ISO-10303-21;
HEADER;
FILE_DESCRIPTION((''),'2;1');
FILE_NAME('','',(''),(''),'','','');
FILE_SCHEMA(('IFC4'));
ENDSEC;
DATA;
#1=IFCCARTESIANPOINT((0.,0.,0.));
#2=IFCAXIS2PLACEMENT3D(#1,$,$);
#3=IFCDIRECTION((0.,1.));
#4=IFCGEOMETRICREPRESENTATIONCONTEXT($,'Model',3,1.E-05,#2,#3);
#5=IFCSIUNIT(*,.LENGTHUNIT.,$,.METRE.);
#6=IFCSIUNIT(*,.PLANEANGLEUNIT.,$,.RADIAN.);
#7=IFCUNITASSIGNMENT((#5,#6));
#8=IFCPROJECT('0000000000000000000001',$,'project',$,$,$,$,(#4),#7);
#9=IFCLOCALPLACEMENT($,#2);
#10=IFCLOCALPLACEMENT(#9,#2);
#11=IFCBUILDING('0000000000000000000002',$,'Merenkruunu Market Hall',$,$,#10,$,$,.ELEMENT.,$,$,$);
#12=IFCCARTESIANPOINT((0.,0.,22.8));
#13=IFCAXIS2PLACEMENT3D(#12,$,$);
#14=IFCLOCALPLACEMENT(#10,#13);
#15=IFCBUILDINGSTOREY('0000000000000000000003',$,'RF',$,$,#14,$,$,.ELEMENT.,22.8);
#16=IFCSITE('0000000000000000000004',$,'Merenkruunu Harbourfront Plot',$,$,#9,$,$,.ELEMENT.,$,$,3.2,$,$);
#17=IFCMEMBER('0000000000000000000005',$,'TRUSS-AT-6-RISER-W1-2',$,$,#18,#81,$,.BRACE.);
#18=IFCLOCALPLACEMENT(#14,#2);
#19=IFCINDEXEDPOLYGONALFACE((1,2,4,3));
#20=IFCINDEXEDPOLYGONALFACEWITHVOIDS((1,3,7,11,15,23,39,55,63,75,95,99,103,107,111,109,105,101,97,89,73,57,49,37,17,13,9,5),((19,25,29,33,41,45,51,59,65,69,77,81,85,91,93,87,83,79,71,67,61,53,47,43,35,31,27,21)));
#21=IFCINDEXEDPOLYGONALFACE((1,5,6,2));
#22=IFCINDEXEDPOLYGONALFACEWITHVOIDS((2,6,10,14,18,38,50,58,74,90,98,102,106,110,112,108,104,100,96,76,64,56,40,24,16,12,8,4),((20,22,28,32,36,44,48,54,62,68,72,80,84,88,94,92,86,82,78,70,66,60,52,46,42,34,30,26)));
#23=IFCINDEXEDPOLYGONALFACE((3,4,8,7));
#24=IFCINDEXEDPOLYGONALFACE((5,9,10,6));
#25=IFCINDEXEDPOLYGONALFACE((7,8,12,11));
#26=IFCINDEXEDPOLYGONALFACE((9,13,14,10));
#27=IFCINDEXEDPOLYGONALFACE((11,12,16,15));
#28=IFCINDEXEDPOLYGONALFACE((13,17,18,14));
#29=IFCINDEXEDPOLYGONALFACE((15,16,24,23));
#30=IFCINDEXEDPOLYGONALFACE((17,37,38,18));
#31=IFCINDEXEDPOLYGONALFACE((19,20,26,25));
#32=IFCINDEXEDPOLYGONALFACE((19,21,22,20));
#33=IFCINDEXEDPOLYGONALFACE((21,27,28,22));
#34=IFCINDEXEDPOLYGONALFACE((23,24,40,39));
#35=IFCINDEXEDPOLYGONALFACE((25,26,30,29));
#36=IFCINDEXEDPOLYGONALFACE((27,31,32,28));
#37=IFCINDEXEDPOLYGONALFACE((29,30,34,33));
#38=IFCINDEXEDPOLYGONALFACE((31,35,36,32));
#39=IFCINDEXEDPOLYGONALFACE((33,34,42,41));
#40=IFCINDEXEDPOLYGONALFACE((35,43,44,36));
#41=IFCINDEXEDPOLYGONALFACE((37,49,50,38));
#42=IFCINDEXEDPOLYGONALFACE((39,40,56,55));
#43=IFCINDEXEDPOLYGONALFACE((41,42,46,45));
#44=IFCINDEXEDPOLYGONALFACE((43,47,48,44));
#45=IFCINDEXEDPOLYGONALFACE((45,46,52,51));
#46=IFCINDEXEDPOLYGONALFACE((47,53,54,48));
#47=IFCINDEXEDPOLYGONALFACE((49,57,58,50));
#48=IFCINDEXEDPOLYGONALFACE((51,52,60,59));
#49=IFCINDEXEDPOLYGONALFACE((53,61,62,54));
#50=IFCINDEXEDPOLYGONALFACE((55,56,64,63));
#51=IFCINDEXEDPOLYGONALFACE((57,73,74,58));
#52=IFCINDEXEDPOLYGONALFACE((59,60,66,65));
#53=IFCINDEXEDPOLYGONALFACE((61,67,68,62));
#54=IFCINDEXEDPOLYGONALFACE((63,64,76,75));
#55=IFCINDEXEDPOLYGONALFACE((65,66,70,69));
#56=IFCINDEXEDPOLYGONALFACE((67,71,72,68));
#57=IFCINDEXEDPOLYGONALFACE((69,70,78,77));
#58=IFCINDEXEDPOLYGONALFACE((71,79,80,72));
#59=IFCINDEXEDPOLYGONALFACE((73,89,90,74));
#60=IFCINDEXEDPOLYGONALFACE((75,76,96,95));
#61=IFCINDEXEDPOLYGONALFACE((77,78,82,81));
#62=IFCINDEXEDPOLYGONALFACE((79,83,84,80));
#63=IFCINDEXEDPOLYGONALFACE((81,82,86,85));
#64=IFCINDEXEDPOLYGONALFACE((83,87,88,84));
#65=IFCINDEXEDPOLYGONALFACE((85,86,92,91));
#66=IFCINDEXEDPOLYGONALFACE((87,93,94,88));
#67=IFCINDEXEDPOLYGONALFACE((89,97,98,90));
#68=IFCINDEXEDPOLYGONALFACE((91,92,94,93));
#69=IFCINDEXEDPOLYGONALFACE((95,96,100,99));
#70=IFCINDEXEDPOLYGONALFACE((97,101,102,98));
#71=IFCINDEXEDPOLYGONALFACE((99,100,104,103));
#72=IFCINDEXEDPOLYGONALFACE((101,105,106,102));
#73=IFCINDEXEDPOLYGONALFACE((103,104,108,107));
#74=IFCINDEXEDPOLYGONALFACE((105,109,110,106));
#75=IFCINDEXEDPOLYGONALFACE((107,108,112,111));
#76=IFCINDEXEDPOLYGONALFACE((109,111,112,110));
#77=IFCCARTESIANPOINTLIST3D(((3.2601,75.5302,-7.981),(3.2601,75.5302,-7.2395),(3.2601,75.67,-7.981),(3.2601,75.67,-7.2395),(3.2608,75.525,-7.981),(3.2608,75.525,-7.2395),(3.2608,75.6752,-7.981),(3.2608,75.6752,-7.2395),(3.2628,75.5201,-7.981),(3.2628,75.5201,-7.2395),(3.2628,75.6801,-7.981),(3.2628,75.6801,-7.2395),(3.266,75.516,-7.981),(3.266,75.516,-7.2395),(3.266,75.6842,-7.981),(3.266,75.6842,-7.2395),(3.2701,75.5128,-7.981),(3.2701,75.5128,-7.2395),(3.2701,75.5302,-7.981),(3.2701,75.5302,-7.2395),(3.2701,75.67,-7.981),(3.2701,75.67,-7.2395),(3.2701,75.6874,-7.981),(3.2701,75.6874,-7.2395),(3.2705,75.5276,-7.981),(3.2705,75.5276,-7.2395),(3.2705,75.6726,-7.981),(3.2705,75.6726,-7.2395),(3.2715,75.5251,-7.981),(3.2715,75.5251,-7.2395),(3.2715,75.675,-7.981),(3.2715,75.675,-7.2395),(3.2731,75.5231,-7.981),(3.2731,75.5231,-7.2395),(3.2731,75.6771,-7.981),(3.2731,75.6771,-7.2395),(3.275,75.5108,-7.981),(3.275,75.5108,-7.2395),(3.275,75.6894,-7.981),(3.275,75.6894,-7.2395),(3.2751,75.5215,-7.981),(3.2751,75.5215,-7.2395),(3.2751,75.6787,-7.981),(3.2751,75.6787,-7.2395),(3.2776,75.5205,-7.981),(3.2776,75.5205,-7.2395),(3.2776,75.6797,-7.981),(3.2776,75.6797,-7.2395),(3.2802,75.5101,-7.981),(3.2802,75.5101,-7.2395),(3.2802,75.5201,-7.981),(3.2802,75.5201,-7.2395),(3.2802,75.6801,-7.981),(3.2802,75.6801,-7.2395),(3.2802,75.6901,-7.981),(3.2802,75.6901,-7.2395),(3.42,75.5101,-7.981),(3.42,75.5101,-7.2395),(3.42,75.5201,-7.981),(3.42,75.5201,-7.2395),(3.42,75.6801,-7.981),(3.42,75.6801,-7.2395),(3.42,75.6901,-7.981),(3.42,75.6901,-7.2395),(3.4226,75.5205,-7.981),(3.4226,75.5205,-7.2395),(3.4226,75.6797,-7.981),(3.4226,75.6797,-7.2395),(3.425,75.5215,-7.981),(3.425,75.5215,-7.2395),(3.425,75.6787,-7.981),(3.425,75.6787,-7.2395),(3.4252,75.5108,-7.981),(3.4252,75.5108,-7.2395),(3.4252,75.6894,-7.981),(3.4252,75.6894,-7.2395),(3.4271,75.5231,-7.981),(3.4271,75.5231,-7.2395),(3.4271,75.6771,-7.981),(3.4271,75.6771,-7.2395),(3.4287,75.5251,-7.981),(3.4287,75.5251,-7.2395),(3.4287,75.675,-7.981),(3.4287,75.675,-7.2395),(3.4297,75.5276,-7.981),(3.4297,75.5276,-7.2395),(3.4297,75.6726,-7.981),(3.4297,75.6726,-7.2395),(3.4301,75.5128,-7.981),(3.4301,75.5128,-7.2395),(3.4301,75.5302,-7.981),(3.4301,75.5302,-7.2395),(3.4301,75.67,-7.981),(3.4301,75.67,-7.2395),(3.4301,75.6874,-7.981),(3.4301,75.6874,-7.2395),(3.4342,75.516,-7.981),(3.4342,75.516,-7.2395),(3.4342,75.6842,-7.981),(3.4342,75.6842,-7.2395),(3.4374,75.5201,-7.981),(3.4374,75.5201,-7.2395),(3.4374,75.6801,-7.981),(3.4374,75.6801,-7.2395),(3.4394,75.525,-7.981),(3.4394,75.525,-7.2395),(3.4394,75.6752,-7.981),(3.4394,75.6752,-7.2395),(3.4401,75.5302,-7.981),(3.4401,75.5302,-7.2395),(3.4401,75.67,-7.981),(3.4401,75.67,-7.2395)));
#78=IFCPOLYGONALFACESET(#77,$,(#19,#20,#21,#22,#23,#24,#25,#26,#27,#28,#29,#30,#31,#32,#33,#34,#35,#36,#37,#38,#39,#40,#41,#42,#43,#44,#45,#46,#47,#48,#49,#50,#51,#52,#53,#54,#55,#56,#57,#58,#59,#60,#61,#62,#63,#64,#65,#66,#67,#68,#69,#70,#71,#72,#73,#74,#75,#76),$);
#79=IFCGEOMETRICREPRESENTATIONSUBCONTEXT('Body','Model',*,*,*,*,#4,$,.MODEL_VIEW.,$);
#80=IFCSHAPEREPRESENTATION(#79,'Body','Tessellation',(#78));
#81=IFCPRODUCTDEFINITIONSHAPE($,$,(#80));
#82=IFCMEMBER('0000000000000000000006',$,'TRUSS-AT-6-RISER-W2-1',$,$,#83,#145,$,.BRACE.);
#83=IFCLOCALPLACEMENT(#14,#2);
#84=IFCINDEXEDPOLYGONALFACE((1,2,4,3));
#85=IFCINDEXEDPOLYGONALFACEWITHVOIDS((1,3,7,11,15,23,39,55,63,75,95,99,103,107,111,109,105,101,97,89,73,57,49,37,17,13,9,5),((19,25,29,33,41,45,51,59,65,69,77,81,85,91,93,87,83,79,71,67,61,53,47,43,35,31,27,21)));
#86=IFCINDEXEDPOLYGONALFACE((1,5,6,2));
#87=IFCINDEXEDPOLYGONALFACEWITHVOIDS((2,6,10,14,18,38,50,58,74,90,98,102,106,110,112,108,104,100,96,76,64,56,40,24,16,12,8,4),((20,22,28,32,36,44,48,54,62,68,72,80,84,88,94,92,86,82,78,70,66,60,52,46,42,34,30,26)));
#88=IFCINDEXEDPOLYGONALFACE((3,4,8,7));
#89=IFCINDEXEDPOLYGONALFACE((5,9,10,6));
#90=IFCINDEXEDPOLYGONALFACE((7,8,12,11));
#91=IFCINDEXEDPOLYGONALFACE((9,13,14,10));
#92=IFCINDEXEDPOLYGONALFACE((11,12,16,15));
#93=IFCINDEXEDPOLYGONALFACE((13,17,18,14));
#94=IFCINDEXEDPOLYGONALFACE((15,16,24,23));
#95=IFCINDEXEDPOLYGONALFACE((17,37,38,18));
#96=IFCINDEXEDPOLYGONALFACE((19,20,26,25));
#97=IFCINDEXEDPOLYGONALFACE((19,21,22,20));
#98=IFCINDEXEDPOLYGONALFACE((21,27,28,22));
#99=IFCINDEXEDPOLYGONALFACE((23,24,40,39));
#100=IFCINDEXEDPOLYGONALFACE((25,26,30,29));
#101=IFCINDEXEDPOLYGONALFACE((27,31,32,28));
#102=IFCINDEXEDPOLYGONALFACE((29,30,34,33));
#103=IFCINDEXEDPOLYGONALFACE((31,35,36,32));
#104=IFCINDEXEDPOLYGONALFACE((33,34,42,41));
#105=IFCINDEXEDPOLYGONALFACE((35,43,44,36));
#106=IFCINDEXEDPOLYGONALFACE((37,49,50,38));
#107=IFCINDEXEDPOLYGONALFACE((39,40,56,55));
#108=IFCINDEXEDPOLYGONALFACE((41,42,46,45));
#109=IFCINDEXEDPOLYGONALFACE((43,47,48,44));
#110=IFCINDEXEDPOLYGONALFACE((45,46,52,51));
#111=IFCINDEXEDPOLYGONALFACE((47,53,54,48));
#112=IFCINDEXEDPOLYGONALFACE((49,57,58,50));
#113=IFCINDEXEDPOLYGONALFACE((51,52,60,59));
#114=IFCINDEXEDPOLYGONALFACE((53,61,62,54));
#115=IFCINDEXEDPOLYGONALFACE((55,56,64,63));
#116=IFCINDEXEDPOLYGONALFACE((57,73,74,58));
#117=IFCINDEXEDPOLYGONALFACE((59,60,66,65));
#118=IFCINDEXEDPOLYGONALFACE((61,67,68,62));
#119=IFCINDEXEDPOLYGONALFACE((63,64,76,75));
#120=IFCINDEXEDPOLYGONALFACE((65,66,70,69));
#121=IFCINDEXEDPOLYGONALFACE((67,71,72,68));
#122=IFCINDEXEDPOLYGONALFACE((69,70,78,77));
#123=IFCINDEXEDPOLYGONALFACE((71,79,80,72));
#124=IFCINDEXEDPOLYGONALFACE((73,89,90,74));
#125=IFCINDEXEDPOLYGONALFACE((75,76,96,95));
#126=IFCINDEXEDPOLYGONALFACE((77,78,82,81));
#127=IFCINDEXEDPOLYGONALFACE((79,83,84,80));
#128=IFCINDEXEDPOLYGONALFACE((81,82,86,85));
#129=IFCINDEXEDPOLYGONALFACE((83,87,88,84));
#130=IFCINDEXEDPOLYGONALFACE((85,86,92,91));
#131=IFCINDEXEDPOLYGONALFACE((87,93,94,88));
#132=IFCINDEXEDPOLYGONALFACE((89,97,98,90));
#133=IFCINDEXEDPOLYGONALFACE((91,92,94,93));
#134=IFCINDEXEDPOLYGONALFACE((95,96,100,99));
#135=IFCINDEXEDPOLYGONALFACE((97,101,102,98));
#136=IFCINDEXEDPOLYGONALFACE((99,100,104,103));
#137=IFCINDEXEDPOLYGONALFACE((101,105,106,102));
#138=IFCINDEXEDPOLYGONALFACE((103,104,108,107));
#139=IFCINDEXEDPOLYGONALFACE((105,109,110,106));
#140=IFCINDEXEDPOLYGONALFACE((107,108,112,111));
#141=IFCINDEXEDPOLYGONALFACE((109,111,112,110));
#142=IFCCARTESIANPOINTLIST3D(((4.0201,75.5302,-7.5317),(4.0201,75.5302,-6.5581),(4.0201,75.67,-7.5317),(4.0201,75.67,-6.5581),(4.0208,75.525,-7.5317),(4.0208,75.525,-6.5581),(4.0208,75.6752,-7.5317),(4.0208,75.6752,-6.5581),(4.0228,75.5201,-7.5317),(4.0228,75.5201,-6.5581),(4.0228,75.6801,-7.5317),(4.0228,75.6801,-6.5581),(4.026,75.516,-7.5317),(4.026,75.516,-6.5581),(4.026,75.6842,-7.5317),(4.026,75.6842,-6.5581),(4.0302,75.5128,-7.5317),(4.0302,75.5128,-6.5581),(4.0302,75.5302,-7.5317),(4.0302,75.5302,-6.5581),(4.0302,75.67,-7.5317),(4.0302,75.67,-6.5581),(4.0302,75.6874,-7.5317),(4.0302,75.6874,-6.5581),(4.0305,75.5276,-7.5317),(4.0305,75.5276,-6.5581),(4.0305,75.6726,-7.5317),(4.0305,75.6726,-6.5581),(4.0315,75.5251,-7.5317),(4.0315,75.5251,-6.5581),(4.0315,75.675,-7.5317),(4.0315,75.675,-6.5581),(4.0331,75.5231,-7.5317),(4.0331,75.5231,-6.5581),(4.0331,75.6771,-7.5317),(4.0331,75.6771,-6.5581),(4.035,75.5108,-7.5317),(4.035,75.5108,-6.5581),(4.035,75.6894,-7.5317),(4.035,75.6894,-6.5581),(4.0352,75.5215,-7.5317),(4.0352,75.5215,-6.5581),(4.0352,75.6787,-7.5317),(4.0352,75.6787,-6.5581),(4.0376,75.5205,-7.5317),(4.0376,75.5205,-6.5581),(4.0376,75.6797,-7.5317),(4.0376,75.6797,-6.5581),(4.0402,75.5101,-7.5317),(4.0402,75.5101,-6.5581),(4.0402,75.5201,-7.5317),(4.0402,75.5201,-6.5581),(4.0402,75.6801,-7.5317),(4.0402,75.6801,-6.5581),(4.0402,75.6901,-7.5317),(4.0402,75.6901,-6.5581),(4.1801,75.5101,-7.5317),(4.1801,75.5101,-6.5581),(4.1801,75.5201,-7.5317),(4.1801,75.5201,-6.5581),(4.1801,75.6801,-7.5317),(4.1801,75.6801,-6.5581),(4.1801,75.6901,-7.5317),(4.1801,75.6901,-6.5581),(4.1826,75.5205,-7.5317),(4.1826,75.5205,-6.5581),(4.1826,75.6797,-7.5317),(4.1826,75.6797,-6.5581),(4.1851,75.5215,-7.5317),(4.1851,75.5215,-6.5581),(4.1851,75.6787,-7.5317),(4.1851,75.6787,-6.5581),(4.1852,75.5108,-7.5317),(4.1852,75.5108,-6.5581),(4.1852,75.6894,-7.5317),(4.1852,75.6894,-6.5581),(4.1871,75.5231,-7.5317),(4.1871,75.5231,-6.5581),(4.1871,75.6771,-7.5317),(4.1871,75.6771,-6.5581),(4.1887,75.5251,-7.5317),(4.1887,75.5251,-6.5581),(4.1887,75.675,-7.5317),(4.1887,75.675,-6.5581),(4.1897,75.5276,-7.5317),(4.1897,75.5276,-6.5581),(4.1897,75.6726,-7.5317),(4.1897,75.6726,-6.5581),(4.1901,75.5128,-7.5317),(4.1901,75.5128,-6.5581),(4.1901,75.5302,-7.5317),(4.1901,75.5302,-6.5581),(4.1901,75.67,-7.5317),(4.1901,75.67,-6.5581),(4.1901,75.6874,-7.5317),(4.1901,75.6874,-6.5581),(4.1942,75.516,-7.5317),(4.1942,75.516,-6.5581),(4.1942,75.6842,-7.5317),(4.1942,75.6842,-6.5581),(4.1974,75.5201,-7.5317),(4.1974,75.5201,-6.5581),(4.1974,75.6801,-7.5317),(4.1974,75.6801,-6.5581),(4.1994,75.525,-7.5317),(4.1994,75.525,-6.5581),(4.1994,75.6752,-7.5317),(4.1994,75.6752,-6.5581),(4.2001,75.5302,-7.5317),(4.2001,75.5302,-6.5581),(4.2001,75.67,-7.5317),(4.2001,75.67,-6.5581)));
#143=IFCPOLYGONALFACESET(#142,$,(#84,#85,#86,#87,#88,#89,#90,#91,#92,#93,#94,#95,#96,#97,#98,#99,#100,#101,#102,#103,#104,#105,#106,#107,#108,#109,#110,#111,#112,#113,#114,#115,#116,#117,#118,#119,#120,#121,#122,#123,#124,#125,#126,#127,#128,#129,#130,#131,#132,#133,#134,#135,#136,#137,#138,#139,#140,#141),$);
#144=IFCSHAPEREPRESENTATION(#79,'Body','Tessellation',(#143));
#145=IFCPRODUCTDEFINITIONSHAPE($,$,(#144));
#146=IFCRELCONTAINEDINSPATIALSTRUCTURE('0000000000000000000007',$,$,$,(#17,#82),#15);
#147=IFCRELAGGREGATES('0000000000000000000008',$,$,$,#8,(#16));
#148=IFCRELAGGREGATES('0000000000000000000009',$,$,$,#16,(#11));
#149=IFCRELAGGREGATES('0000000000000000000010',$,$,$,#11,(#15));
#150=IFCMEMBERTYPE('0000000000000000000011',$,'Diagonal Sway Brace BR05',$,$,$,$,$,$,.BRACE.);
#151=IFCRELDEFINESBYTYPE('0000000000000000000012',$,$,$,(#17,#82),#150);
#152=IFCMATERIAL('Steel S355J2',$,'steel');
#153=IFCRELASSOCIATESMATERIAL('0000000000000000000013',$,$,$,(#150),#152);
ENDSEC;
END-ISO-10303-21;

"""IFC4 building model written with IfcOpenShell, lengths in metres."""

from ifc_helpers import new_model, si_unit, direction, frame, origin, origin_2d, place, context, subcontext, project, spatial, hollow_rectangle, extrude, material, material_profile, profile_set, type_object, element, save


model = new_model("IFC4")

# Units and contexts
model_context = context("Model", 3, precision=1e-05, world=origin(), true_north=direction((0.0, 1.0)))
body_context = subcontext(model_context, "Body", "Model", "MODEL_VIEW")
ifc_project = project(units=[si_unit("LENGTHUNIT", "METRE"), si_unit("PLANEANGLEUNIT", "RADIAN")], contexts=[model_context])

# Site, building, storey
site_placement = place(None, origin())
site = spatial("IfcSite", under=ifc_project, at=site_placement, Name="Merenkruunu Harbourfront Plot", CompositionType="ELEMENT", RefElevation=3.2)
building_placement = place(site_placement, origin())
building = spatial("IfcBuilding", under=site, at=building_placement, Name="Merenkruunu Market Hall", CompositionType="ELEMENT")
storey_placement = place(building_placement, frame((0.0, 0.0, 22.8)))
storey = spatial("IfcBuildingStorey", under=building, at=storey_placement, Name="RF", CompositionType="ELEMENT", Elevation=22.8)

# Members
ifc_material_1 = material(Name="Steel S355J2", Category="steel")
ifc_material_profile_1 = material_profile(ifc_material_1, hollow_rectangle(XDim=0.1799, YDim=0.1799, WallThickness=0.01, InnerFilletRadius=0.01, OuterFilletRadius=0.02, at=origin_2d()), Name="SHS 180x180x10")
ifc_profile_set_1 = profile_set([ifc_material_profile_1], Name="Steel S355J2")
member_type_1 = type_object("IfcMemberType", Name="Diagonal Sway Brace BR05", PredefinedType="BRACE", material=ifc_profile_set_1)
member_1_placement = place(storey_placement, frame((3.3501, 75.6001, -7.981), z_axis=(0.0, 0.0, 1.0), x_axis=(1.0, 0.0, 0.0)))
element("IfcMember", 1, at=member_1_placement, inside=storey, type_object=member_type_1, Name="TRUSS-AT-6-RISER-W1-2", PredefinedType="BRACE", context=body_context, shape_type="SweptSolid", body=[
    extrude(hollow_rectangle(XDim=0.1799, YDim=0.1799, WallThickness=0.01, InnerFilletRadius=0.01, OuterFilletRadius=0.02, at=origin_2d()), origin(), (0.0, 0.0, 1.0), 0.7415),
])
member_2_placement = place(storey_placement, frame((4.1101, 75.6001, -7.5317), z_axis=(0.0, 0.0, 1.0), x_axis=(1.0, 0.0, 0.0)))
element("IfcMember", 2, at=member_2_placement, inside=storey, type_object=member_type_1, Name="TRUSS-AT-6-RISER-W2-1", PredefinedType="BRACE", context=body_context, shape_type="SweptSolid", body=[
    extrude(hollow_rectangle(XDim=0.1799, YDim=0.1799, WallThickness=0.01, InnerFilletRadius=0.01, OuterFilletRadius=0.02, at=origin_2d()), origin(), (0.0, 0.0, 1.0), 0.9736),
])

save(model, "model.ifc")
